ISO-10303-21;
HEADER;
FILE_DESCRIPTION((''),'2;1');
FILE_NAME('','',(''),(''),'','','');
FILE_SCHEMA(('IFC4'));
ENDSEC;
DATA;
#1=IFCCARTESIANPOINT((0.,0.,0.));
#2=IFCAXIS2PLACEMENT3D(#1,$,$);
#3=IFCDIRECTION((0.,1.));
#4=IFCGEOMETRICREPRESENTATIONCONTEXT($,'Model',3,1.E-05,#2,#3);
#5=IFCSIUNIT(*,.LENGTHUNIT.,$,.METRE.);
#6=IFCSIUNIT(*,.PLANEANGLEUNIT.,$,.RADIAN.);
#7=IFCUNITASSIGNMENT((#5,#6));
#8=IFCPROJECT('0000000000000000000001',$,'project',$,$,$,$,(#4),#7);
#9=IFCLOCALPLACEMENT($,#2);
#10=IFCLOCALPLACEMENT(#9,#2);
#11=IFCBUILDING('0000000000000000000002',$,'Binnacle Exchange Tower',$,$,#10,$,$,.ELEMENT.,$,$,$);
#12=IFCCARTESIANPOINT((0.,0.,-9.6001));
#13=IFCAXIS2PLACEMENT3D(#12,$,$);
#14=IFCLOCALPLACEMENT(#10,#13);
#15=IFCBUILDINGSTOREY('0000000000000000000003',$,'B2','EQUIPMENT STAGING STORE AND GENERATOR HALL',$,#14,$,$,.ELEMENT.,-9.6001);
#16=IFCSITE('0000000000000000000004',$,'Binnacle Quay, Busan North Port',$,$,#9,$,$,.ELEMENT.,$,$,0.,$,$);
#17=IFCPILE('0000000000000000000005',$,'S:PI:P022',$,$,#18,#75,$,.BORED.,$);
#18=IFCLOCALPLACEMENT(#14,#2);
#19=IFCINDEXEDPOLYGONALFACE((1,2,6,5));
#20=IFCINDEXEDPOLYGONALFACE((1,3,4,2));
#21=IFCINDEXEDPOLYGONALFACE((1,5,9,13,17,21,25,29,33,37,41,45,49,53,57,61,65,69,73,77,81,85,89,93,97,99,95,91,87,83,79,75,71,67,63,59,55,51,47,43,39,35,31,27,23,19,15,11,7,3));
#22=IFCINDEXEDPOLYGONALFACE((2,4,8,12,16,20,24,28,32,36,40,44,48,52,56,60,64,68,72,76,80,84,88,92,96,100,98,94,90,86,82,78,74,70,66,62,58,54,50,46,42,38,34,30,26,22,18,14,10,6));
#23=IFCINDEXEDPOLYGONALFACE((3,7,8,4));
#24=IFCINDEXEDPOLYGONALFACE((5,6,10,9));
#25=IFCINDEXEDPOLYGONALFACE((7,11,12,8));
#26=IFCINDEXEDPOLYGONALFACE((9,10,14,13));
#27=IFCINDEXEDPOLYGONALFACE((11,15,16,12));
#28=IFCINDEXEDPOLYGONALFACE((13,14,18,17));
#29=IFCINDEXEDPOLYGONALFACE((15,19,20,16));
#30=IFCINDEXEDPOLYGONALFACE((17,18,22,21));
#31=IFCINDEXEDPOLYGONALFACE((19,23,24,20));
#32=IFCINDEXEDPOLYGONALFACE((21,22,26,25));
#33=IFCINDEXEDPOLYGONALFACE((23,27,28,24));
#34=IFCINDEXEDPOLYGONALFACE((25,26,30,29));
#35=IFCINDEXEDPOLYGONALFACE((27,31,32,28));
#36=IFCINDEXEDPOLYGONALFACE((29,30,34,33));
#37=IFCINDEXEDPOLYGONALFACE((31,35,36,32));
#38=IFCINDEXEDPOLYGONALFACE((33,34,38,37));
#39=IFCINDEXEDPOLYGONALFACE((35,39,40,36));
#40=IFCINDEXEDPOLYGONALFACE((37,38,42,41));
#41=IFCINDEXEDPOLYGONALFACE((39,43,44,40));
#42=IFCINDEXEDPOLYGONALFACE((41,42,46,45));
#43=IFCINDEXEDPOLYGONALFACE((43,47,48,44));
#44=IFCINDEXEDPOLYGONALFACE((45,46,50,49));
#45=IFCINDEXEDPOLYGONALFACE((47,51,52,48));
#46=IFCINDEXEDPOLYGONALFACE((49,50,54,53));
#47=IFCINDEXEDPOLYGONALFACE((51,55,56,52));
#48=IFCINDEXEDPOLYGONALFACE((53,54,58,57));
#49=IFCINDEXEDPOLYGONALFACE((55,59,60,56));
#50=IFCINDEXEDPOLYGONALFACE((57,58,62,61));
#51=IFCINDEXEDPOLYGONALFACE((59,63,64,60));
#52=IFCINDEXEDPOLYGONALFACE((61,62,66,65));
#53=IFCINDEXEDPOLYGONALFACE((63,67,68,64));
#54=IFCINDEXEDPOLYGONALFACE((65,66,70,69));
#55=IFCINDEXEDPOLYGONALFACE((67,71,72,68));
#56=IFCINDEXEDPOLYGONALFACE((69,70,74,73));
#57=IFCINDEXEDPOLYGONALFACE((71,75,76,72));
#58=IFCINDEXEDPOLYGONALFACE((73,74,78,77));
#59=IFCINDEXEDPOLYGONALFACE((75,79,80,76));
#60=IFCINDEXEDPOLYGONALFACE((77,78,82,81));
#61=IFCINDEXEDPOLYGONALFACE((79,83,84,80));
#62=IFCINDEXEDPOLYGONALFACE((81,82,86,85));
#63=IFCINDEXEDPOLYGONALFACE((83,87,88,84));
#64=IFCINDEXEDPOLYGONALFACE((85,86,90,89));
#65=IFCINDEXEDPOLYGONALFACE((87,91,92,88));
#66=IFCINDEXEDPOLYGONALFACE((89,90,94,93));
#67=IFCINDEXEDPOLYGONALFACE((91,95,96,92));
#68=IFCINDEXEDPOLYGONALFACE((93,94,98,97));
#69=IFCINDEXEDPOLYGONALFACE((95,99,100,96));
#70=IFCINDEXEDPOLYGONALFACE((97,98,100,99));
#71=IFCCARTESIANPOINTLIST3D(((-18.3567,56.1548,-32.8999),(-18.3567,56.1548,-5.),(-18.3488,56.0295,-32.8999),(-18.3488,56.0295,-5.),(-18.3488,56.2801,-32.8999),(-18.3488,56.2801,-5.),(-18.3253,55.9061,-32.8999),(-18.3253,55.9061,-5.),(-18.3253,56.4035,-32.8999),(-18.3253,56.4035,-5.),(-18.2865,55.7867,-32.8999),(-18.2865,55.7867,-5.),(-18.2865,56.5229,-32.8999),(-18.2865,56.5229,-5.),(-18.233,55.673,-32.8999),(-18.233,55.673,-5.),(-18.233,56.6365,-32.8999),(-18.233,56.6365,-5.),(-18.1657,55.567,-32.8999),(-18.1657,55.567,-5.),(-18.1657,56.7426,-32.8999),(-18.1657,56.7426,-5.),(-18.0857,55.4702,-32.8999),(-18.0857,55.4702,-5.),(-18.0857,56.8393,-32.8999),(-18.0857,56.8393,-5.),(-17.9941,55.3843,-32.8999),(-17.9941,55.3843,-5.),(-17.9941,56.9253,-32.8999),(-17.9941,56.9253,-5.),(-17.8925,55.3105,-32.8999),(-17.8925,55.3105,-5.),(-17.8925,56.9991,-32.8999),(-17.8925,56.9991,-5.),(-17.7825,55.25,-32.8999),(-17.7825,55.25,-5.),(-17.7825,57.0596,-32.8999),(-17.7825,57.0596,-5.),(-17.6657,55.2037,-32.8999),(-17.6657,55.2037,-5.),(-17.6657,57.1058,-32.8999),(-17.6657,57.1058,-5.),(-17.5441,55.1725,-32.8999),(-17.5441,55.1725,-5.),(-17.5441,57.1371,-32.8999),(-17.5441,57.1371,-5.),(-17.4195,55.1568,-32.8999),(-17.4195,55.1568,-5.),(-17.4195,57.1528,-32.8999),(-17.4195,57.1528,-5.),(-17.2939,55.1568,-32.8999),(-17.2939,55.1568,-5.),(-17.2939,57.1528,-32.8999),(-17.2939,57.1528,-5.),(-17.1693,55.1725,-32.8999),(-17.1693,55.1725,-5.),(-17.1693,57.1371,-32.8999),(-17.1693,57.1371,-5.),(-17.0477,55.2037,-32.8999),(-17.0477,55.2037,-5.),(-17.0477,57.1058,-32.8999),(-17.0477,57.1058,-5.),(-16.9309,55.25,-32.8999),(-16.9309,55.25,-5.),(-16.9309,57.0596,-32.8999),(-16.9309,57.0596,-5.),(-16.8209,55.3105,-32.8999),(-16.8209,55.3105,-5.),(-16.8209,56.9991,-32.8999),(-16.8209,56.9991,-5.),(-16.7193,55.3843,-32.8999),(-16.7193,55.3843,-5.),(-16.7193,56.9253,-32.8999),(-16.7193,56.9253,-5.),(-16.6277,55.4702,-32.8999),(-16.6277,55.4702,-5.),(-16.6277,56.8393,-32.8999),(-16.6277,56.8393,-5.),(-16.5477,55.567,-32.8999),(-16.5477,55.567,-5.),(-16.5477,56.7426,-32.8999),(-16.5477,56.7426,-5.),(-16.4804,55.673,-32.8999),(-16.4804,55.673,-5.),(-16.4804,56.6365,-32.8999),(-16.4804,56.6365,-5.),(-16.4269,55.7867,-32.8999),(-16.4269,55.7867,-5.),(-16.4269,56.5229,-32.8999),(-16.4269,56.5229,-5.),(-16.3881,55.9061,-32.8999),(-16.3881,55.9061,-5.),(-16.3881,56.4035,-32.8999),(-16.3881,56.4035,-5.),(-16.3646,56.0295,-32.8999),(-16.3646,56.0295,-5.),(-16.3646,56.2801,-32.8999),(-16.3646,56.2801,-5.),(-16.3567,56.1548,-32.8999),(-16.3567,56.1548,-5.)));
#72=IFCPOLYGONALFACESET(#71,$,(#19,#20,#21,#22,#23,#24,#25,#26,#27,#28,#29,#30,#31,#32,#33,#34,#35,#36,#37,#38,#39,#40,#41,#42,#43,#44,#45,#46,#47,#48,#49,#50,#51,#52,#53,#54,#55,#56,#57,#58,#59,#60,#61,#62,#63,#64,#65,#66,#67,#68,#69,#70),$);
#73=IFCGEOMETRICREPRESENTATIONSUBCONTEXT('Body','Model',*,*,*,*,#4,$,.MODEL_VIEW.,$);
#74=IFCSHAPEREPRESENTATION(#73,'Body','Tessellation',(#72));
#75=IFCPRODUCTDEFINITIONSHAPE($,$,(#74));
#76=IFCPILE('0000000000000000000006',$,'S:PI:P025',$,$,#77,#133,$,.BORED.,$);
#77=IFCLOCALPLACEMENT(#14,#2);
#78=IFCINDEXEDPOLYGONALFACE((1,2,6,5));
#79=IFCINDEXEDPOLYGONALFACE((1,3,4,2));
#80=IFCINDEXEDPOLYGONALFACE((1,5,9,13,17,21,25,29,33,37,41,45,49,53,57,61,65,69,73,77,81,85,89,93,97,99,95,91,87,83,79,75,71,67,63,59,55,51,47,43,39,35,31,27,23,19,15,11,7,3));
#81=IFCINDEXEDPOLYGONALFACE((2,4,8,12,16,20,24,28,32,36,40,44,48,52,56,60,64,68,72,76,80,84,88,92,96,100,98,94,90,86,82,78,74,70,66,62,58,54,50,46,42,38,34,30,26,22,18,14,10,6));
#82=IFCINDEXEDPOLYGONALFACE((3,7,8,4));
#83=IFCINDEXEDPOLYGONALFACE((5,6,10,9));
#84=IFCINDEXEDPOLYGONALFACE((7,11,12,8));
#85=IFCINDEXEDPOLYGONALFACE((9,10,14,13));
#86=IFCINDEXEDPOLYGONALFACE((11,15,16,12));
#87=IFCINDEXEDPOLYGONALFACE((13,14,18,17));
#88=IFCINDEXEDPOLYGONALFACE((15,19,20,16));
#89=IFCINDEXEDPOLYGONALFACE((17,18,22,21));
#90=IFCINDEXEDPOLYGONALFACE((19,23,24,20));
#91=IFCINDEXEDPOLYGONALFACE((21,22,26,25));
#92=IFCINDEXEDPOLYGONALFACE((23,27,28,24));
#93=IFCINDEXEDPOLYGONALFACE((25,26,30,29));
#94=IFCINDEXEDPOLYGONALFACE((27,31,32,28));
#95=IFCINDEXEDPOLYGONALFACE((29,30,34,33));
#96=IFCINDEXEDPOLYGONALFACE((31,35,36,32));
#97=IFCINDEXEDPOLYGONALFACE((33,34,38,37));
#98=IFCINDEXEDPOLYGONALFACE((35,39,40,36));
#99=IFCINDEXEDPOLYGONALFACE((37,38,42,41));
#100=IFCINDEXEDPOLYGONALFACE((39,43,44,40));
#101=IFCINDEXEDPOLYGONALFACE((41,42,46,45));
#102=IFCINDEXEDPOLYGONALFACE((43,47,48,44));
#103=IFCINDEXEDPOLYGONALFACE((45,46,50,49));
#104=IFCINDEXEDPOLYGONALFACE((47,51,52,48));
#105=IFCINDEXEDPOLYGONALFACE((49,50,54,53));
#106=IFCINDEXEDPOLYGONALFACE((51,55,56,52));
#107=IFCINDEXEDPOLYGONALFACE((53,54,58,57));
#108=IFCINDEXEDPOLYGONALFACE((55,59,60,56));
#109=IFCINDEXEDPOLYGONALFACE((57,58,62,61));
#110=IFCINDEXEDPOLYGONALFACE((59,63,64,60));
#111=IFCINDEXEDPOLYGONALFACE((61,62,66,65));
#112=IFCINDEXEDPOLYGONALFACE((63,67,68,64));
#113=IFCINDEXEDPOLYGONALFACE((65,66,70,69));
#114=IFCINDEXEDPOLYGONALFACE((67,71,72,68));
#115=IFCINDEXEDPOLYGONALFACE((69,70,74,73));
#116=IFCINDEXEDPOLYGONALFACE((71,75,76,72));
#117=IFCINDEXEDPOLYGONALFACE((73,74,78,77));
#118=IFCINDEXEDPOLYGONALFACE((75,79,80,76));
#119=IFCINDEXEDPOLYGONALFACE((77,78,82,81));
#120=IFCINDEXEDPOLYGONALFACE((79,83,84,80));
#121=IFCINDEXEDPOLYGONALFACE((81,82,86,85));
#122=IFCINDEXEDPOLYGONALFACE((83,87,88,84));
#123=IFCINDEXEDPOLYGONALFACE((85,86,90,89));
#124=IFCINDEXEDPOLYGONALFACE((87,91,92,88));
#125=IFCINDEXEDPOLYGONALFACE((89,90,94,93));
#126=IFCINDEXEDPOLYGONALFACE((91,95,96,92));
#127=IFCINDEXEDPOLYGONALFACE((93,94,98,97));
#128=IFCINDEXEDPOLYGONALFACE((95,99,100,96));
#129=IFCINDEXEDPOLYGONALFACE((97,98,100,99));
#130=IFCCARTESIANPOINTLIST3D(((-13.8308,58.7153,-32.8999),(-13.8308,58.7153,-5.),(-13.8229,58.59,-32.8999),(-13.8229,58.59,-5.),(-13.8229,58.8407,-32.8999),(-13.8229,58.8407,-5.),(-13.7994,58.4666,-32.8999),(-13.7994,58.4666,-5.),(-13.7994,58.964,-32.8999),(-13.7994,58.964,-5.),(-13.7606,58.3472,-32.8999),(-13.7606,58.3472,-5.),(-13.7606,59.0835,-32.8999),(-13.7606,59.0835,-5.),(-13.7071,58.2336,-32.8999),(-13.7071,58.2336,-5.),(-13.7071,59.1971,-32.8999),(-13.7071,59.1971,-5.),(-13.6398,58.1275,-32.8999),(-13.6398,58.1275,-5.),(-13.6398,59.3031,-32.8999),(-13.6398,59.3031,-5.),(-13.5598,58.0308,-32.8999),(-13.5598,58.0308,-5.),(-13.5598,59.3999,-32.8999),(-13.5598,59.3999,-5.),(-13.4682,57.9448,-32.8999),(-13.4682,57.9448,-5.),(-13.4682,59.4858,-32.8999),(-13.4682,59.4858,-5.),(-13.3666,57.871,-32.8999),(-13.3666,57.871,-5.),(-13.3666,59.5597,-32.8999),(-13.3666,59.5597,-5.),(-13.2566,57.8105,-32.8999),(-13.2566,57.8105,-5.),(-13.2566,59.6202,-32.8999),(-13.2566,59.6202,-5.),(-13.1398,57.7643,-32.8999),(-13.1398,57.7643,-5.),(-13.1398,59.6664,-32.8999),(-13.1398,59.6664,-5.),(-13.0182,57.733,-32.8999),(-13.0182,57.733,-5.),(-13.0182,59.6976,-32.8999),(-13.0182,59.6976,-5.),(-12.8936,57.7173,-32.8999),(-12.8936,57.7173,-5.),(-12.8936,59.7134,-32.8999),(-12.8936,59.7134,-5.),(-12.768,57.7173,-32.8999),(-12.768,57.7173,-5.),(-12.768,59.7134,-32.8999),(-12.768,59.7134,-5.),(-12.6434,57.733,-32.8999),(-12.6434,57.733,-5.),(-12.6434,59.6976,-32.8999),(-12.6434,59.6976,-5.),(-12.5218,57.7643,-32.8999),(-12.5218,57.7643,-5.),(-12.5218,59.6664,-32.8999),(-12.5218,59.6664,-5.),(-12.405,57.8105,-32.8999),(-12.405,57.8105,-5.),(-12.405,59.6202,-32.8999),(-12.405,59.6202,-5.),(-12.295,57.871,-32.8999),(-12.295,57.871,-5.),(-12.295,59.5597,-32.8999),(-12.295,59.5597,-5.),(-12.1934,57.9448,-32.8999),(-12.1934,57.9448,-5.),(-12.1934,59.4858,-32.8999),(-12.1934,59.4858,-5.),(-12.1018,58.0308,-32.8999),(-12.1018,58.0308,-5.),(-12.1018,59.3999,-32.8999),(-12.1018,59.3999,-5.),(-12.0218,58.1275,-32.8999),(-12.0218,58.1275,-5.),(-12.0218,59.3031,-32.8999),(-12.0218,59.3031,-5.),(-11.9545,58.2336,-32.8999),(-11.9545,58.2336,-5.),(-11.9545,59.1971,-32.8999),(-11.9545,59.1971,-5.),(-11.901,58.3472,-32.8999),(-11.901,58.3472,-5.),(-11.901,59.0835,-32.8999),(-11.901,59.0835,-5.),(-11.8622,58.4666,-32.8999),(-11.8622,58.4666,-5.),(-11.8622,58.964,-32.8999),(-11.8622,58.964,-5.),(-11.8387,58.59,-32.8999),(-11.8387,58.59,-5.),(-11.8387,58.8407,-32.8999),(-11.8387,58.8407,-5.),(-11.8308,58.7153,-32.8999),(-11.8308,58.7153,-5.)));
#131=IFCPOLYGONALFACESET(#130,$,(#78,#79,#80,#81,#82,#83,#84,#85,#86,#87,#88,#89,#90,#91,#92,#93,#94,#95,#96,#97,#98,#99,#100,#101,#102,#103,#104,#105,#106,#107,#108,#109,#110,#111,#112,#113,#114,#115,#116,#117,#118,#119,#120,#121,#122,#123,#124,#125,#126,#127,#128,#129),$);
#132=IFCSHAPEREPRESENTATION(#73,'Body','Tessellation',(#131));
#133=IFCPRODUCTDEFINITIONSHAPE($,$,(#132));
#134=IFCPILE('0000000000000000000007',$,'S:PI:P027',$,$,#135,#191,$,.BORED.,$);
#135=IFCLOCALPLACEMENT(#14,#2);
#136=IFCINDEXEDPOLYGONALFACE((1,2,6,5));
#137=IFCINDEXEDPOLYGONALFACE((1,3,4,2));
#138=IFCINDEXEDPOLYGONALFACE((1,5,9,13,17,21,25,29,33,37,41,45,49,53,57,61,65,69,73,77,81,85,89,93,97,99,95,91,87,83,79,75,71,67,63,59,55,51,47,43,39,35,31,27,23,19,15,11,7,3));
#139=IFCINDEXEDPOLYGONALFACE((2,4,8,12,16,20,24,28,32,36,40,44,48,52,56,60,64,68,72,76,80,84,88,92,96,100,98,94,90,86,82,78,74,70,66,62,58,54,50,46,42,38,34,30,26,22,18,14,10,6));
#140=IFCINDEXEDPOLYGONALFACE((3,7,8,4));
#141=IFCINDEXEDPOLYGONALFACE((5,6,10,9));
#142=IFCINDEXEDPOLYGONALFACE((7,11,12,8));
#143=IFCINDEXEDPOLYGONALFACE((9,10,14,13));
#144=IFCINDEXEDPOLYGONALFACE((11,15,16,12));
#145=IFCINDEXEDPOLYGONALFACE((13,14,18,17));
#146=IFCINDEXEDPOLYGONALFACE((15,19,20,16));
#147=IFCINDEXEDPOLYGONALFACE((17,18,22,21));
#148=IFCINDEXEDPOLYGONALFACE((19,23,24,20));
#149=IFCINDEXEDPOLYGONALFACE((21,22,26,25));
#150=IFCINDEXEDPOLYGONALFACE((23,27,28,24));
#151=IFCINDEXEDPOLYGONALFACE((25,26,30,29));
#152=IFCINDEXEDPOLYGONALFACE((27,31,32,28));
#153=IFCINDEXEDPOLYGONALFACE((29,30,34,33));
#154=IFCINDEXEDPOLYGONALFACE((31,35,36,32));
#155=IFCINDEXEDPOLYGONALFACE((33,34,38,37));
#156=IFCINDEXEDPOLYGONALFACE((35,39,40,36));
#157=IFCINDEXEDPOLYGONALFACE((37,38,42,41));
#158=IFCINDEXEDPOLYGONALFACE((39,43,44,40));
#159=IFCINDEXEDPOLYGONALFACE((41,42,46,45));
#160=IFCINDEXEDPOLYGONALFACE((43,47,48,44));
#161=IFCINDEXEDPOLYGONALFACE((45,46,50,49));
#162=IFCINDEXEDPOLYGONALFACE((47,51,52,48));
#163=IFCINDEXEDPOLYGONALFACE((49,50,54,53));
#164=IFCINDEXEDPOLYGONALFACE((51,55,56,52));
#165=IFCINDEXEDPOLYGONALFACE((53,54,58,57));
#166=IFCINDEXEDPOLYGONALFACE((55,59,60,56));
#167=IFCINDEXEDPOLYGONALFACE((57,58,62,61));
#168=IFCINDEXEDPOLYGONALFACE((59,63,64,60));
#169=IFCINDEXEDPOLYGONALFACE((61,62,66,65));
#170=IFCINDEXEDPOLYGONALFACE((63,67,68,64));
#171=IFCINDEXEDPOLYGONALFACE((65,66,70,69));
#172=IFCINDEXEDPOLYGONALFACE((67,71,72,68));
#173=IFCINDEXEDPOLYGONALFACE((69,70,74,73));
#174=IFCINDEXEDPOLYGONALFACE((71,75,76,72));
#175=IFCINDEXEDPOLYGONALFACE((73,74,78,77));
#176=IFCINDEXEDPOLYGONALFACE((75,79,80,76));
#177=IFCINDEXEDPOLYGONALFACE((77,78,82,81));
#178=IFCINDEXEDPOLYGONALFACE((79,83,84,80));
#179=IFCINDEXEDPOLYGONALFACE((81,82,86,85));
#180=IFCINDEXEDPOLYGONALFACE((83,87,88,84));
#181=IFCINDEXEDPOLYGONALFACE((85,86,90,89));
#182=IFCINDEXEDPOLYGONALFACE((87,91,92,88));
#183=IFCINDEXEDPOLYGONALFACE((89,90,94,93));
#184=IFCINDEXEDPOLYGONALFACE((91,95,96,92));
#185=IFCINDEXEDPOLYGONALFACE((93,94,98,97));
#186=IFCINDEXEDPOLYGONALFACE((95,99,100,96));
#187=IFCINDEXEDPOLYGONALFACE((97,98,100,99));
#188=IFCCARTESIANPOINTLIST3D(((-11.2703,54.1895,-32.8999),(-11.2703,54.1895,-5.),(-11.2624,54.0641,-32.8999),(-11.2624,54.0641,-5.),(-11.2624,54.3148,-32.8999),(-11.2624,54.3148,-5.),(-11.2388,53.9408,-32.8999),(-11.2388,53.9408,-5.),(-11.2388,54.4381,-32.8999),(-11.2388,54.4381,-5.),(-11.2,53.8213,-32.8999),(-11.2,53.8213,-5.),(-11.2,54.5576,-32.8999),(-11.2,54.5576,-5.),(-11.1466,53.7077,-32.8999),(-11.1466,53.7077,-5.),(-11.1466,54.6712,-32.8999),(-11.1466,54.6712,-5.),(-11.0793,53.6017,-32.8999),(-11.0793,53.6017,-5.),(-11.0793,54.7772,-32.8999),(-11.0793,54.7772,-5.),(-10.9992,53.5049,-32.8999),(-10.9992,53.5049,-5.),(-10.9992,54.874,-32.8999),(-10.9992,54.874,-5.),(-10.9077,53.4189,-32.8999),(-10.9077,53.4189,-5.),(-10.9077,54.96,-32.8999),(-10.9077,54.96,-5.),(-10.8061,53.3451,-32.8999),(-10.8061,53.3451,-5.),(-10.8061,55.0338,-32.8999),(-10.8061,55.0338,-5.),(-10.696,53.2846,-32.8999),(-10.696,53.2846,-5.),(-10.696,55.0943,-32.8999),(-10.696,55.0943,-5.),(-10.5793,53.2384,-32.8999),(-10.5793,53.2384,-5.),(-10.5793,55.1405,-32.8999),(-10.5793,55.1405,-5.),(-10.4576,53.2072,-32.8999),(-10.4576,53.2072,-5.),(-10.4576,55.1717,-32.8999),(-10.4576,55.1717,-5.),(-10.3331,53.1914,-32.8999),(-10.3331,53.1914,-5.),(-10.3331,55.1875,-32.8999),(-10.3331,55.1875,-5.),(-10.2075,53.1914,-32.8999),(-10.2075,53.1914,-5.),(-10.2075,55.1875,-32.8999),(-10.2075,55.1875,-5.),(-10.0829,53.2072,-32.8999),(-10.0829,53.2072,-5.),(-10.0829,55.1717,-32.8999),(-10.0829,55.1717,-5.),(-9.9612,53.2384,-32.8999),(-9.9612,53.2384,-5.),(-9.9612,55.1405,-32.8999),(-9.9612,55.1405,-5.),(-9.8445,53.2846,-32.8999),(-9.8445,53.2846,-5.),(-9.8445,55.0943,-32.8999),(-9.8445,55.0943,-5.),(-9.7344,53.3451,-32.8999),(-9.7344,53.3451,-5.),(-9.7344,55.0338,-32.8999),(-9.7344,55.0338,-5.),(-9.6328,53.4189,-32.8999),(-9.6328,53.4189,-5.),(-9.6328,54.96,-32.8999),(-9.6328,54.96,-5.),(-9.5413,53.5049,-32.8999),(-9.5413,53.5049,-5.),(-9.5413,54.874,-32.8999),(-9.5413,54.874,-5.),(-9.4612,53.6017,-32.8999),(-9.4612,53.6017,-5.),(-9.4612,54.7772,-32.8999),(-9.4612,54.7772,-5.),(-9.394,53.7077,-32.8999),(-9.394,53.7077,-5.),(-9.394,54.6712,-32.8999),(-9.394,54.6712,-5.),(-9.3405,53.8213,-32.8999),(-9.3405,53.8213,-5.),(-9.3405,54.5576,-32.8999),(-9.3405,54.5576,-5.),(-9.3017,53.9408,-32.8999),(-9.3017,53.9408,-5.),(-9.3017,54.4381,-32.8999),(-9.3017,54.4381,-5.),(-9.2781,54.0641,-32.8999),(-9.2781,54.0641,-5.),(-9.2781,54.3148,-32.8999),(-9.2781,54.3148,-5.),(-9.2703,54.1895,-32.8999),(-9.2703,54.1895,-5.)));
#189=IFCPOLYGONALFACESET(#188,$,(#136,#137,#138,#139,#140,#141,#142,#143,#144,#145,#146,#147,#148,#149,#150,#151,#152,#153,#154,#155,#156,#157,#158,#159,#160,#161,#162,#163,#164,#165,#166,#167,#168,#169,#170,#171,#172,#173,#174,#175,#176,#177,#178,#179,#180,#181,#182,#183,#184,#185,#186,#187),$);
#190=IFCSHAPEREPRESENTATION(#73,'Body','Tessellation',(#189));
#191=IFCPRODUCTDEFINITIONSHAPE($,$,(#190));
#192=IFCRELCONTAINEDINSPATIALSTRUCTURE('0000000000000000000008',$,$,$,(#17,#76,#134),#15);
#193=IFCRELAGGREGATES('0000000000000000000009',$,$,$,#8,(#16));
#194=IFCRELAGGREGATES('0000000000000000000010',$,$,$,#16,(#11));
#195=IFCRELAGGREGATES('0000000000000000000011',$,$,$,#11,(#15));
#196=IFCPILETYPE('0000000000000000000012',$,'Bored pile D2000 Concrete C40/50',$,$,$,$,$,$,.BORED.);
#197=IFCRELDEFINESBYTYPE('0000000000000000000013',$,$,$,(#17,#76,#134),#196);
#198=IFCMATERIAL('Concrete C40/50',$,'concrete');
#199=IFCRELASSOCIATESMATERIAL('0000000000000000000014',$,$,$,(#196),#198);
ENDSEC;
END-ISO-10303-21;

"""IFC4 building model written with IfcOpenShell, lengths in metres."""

from ifc_helpers import new_model, si_unit, direction, frame, origin, origin_2d, place, context, subcontext, project, spatial, circle, extrude, material, material_profile, profile_set, type_object, element, save


model = new_model("IFC4")

# Units and contexts
model_context = context("Model", 3, precision=1e-05, world=origin(), true_north=direction((0.0, 1.0)))
body_context = subcontext(model_context, "Body", "Model", "MODEL_VIEW")
ifc_project = project(units=[si_unit("LENGTHUNIT", "METRE"), si_unit("PLANEANGLEUNIT", "RADIAN")], contexts=[model_context])

# Site, building, storey
site_placement = place(None, origin())
site = spatial("IfcSite", under=ifc_project, at=site_placement, Name="Binnacle Quay, Busan North Port", CompositionType="ELEMENT", RefElevation=0.0)
building_placement = place(site_placement, origin())
building = spatial("IfcBuilding", under=site, at=building_placement, Name="Binnacle Exchange Tower", CompositionType="ELEMENT")
storey_placement = place(building_placement, frame((0.0, 0.0, -9.6001)))
storey = spatial("IfcBuildingStorey", under=building, at=storey_placement, Name="B2", Description="EQUIPMENT STAGING STORE AND GENERATOR HALL", CompositionType="ELEMENT", Elevation=-9.6001)

# Piles
ifc_material_1 = material(Name="Concrete C40/50", Category="concrete")
ifc_material_profile_1 = material_profile(ifc_material_1, circle(Radius=1.0, at=origin_2d()), Name="Bored pile D2000")
ifc_profile_set_1 = profile_set([ifc_material_profile_1], Name="Concrete C40/50")
pile_type_1 = type_object("IfcPileType", Name="Bored pile D2000 Concrete C40/50", PredefinedType="BORED", material=ifc_profile_set_1)
for number, where, z_axis, x_axis, name in (
    (1, (-17.3567, 56.1548, -5.0), (0.0, 0.0, -1.0), (1.0, 0.0, 0.0), "S:PI:P022"),
    (2, (-12.8308, 58.7153, -5.0), (0.0, 0.0, -1.0), (1.0, 0.0, 0.0), "S:PI:P025"),
    (3, (-10.2703, 54.1895, -5.0), (0.0, 0.0, -1.0), (1.0, 0.0, 0.0), "S:PI:P027"),
):
    element("IfcPile", number, at=place(storey_placement, frame(where, z_axis=z_axis, x_axis=x_axis)), inside=storey, type_object=pile_type_1, Name=name, PredefinedType="BORED", context=body_context, shape_type="SweptSolid", body=[
        extrude(circle(Radius=1.0, at=origin_2d()), origin(), (0.0, 0.0, 1.0), 27.8999),
    ])

save(model, "model.ifc")
